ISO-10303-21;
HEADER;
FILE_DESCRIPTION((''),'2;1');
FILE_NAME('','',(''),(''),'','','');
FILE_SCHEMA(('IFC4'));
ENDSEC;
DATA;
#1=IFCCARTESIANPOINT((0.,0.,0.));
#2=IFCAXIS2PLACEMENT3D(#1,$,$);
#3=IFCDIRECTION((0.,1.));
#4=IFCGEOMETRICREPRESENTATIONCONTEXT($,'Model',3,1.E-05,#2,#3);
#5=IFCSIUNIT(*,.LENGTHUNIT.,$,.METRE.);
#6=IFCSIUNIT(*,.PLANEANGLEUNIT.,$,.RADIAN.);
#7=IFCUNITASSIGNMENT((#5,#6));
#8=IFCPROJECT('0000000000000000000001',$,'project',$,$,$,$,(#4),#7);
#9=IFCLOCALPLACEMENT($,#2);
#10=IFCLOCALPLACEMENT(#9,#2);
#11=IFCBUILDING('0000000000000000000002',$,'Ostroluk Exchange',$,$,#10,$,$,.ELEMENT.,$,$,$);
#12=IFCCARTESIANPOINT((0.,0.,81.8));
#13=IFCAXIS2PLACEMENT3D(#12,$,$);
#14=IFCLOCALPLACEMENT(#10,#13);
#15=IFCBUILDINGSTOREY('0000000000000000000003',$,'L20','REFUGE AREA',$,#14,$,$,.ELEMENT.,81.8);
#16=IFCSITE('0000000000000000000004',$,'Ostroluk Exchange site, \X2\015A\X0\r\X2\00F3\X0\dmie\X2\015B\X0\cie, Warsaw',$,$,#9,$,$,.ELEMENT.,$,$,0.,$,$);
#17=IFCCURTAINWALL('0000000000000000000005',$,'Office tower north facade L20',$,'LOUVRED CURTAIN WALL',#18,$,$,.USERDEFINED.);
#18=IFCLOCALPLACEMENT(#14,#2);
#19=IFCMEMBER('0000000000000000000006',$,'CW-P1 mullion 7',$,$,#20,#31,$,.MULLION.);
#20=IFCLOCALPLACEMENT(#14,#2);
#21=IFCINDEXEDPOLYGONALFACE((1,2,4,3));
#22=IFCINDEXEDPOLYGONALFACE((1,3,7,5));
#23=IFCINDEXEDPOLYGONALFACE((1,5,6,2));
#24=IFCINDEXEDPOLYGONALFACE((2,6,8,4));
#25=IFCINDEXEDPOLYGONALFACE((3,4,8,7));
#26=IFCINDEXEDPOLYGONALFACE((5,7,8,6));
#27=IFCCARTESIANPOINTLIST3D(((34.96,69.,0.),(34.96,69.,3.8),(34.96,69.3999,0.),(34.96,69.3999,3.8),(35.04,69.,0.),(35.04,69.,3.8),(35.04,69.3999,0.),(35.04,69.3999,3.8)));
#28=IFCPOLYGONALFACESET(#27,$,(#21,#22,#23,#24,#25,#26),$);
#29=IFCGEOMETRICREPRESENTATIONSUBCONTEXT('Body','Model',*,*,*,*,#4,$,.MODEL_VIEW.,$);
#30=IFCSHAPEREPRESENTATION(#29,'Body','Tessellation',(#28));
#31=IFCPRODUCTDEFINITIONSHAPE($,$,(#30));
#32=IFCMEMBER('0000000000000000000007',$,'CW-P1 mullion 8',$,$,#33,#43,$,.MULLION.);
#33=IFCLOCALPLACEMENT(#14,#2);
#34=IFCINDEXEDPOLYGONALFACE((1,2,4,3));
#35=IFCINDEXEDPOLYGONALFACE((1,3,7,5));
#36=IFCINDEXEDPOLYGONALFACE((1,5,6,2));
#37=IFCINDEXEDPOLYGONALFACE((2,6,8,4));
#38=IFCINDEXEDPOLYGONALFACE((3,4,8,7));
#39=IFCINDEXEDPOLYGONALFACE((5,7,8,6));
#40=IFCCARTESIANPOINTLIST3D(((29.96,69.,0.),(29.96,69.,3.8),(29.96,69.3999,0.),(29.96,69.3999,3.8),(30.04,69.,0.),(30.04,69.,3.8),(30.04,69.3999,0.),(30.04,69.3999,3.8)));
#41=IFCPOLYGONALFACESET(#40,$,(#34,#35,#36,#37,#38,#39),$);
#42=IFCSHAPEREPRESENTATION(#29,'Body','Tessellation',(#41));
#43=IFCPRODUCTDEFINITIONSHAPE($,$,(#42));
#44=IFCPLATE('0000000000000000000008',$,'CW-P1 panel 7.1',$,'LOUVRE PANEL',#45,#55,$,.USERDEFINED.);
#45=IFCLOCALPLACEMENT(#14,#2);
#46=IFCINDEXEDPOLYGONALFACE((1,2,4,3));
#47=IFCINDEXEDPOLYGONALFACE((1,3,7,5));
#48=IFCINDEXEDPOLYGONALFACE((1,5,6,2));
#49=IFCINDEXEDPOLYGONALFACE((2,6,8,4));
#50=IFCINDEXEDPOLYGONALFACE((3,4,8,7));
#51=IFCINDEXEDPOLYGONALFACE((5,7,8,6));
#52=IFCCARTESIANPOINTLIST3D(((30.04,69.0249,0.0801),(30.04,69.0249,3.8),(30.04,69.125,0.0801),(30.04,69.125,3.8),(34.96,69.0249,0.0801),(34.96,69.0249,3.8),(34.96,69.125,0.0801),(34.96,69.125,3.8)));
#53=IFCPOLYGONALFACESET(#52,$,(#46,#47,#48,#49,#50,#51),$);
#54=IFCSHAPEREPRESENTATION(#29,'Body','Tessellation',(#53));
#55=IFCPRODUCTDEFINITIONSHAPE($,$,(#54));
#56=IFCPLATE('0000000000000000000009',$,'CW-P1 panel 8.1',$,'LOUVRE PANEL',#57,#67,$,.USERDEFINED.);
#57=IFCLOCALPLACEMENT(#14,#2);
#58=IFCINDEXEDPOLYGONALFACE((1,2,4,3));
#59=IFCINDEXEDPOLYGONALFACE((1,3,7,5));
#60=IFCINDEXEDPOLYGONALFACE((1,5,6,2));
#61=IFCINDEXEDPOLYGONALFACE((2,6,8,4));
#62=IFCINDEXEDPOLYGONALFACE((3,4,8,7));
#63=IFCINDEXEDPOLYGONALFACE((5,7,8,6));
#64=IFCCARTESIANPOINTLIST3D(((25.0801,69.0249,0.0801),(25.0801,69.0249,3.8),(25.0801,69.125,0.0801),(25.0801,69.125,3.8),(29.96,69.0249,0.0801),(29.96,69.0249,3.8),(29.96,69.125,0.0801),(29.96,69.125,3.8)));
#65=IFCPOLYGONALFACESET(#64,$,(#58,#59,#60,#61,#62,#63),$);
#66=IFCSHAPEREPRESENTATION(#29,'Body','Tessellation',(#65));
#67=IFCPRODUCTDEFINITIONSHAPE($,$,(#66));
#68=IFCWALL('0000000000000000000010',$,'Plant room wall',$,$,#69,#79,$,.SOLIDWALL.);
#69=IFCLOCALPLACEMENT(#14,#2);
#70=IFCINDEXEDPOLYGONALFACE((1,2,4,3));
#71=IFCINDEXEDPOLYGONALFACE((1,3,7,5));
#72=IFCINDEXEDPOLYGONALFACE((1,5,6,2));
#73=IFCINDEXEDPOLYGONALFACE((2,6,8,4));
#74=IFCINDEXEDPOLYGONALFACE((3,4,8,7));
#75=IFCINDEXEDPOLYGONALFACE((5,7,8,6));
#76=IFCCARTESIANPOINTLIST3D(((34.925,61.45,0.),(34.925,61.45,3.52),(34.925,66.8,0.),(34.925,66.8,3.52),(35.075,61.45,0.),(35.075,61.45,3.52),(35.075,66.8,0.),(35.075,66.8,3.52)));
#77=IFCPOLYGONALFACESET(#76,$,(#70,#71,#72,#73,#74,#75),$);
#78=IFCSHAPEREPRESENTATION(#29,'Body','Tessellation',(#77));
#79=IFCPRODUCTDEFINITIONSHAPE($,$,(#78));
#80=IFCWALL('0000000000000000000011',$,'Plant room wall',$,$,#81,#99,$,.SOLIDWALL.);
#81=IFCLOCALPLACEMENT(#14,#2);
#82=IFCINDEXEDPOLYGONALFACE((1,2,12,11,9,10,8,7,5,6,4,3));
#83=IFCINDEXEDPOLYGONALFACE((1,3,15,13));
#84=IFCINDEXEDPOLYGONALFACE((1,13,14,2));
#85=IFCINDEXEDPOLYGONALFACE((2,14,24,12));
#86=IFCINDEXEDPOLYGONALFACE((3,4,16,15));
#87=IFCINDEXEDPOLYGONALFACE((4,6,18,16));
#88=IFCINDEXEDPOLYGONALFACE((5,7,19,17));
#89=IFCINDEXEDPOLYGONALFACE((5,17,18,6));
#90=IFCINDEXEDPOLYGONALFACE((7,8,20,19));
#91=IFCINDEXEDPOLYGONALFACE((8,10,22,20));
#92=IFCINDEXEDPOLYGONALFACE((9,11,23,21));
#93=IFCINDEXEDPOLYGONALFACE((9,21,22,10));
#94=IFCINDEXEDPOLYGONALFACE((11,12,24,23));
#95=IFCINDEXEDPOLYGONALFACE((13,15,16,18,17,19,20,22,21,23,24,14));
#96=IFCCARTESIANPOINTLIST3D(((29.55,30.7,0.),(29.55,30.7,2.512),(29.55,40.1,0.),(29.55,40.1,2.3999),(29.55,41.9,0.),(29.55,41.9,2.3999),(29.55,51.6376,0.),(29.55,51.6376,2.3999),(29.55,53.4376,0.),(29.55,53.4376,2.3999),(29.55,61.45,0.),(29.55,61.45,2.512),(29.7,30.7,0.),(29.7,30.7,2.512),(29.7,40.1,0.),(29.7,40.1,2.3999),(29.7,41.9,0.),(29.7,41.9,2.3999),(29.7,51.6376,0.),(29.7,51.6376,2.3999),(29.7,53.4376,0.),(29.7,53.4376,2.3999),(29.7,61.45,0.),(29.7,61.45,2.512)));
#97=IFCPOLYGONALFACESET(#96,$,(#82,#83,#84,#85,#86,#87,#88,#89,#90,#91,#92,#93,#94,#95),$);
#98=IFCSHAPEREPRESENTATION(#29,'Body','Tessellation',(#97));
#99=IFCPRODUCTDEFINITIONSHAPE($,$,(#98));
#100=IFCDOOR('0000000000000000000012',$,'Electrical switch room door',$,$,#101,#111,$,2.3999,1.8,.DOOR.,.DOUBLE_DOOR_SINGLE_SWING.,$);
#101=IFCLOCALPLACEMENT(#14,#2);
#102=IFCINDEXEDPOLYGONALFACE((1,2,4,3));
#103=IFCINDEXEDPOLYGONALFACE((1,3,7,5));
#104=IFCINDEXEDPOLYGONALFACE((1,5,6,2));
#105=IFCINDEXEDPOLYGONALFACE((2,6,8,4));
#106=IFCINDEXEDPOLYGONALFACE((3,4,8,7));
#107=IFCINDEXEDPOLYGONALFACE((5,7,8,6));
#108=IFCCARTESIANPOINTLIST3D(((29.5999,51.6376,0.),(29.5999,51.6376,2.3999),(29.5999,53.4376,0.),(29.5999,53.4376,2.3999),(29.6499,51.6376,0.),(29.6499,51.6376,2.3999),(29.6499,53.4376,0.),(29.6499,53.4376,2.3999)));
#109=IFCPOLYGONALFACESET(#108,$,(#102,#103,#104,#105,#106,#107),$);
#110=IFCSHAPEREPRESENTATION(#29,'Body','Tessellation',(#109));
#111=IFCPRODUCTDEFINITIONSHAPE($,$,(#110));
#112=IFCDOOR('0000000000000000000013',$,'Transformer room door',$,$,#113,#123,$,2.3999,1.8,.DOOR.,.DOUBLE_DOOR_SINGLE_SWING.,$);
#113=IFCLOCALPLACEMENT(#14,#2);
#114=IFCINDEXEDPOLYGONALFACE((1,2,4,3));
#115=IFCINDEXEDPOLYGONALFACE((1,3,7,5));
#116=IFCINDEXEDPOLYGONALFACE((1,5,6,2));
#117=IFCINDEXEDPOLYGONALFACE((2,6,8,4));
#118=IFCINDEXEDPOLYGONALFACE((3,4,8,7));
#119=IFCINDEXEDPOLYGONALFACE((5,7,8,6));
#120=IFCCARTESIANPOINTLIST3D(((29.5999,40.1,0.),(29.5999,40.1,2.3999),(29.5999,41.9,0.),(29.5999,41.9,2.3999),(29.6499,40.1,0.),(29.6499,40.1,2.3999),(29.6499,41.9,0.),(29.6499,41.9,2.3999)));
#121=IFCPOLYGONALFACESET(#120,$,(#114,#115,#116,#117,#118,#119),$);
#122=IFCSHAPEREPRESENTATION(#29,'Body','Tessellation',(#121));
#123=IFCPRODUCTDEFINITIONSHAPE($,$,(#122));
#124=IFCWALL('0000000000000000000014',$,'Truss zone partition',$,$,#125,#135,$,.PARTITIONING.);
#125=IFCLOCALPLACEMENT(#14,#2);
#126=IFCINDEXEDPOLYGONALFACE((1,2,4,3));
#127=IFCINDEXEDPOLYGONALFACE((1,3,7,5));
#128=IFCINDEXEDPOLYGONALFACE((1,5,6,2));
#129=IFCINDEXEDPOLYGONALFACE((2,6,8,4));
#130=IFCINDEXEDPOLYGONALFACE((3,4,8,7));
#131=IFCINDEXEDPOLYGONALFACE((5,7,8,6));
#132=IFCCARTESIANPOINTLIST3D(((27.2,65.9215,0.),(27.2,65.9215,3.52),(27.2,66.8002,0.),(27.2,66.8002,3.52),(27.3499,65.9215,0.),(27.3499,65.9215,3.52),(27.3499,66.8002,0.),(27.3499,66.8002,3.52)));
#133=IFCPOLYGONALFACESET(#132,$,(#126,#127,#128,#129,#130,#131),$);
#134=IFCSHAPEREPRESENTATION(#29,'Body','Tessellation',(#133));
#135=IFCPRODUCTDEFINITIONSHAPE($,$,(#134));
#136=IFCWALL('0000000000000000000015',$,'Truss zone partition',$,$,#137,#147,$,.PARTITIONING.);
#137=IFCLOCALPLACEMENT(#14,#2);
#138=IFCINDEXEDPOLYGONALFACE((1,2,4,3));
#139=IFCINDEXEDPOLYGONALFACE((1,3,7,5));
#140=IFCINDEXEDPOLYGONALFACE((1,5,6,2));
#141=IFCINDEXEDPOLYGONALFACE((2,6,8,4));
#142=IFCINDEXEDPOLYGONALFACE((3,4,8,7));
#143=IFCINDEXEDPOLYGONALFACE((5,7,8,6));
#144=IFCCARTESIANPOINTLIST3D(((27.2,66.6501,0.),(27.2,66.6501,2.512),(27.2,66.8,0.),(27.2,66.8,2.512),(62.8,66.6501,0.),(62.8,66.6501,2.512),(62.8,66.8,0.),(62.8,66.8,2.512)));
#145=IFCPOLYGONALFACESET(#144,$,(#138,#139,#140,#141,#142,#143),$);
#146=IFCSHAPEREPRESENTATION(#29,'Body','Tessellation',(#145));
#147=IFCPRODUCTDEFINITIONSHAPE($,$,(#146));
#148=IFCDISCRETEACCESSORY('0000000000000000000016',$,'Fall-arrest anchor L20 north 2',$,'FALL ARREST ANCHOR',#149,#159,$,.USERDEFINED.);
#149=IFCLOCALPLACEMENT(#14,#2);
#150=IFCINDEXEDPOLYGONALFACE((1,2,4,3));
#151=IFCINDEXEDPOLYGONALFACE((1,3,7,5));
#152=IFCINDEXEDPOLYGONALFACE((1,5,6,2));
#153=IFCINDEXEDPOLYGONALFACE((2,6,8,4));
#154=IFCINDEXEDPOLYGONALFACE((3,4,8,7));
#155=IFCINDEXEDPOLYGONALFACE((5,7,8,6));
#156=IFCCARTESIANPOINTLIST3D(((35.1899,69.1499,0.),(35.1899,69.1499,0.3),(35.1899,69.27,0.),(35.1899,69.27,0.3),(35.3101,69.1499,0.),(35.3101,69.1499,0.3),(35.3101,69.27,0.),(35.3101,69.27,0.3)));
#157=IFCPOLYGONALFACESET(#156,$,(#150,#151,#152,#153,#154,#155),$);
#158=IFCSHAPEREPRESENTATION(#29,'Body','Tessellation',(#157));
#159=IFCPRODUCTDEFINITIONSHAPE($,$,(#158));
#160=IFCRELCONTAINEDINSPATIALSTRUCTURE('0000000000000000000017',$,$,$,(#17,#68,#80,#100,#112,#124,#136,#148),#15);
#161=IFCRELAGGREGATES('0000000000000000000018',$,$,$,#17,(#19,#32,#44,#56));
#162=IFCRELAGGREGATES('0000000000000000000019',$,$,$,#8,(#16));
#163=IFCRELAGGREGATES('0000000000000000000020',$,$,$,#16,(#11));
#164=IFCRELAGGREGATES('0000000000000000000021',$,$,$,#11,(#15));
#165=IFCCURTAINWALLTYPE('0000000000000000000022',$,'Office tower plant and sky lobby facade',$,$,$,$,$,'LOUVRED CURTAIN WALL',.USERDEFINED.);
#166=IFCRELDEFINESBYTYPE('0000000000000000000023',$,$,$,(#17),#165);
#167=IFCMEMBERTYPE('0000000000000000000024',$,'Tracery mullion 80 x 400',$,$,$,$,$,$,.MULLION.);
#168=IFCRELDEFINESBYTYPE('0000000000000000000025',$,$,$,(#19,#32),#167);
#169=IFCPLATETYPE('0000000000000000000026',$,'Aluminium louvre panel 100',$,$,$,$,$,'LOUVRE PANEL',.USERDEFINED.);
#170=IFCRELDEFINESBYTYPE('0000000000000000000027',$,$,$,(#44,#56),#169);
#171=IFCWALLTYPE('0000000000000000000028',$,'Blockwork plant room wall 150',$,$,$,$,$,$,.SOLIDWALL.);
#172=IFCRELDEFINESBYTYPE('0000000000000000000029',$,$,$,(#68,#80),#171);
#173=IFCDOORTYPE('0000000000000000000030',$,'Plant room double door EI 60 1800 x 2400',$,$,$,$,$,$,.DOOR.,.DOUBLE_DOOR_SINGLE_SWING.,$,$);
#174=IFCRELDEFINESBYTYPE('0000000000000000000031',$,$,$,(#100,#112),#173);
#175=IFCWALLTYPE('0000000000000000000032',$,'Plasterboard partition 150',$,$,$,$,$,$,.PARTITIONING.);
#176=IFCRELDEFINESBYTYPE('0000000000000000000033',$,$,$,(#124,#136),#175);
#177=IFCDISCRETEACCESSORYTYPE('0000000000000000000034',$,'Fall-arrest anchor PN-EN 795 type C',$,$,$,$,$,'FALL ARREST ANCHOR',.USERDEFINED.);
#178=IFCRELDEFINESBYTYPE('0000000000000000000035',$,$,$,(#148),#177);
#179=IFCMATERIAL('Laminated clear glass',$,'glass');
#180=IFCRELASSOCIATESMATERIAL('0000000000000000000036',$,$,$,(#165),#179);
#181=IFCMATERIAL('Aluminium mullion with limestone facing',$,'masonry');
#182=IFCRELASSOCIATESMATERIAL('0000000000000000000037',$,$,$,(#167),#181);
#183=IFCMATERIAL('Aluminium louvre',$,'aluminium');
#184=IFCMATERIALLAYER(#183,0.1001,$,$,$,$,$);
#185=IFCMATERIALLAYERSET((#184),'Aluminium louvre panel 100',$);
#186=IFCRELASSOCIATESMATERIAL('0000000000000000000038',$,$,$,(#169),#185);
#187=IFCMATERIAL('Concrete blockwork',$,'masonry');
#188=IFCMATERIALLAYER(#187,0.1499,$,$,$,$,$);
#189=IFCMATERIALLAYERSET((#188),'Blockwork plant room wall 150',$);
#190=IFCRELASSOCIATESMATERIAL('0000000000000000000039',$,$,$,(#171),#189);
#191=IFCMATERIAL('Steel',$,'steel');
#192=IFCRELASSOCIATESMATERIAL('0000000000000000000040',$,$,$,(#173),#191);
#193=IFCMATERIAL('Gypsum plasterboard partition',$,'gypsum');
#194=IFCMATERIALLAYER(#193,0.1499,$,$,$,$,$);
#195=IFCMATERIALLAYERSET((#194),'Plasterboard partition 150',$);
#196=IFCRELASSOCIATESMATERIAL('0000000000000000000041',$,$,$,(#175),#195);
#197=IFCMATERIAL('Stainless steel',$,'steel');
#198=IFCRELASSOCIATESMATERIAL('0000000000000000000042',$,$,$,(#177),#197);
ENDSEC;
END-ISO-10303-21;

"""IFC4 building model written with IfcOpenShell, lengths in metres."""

from ifc_helpers import new_model, si_unit, direction, frame, frame_2d, origin, origin_2d, place, context, subcontext, project, spatial, rectangle, extrude, material, layer, layer_set, material_profile, profile_set, type_object, element, fill, aggregate, save


model = new_model("IFC4")

# Units and contexts
model_context = context("Model", 3, precision=1e-05, world=origin(), true_north=direction((0.0, 1.0)))
body_context = subcontext(model_context, "Body", "Model", "MODEL_VIEW")
ifc_project = project(units=[si_unit("LENGTHUNIT", "METRE"), si_unit("PLANEANGLEUNIT", "RADIAN")], contexts=[model_context])

# Site, building, storey
site_placement = place(None, origin())
site = spatial("IfcSite", under=ifc_project, at=site_placement, Name="Ostroluk Exchange site, Śródmieście, Warsaw", CompositionType="ELEMENT", RefElevation=0.0)
building_placement = place(site_placement, origin())
building = spatial("IfcBuilding", under=site, at=building_placement, Name="Ostroluk Exchange", CompositionType="ELEMENT")
storey_placement = place(building_placement, frame((0.0, 0.0, 81.8)))
storey = spatial("IfcBuildingStorey", under=building, at=storey_placement, Name="L20", Description="REFUGE AREA", CompositionType="ELEMENT", Elevation=81.8)

# Curtain wall, members, plates
ifc_material_1 = material(Name="Laminated clear glass", Category="glass")
curtain_wall_type = type_object("IfcCurtainWallType", Name="Office tower plant and sky lobby facade", ElementType="LOUVRED CURTAIN WALL", PredefinedType="USERDEFINED", material=ifc_material_1)
curtain_wall_placement = place(storey_placement, origin())
curtain_wall = element("IfcCurtainWall", 1, at=curtain_wall_placement, inside=storey, type_object=curtain_wall_type, Name="Office tower north facade L20", ObjectType="LOUVRED CURTAIN WALL", PredefinedType="USERDEFINED")
ifc_material_2 = material(Name="Aluminium mullion with limestone facing", Category="masonry")
ifc_material_profile_1 = material_profile(ifc_material_2, rectangle(XDim=0.3999, YDim=0.0801, at=origin_2d()), Name="Tracery mullion 80 x 400")
ifc_profile_set_1 = profile_set([ifc_material_profile_1], Name="Aluminium mullion with limestone facing")
member_type_1 = type_object("IfcMemberType", Name="Tracery mullion 80 x 400", PredefinedType="MULLION", material=ifc_profile_set_1)
member_1_placement = place(storey_placement, frame((35.0, 69.2, 0.0), z_axis=(0.0, 0.0, 1.0), x_axis=(0.0, -1.0, 0.0)))
member_1 = element("IfcMember", 2, at=member_1_placement, type_object=member_type_1, Name="CW-P1 mullion 7", PredefinedType="MULLION", context=body_context, shape_type="SweptSolid", body=[
    extrude(rectangle(XDim=0.3999, YDim=0.0801, at=origin_2d()), origin(), (0.0, 0.0, 1.0), 3.8),
])
member_2_placement = place(storey_placement, frame((30.0, 69.2, 0.0), z_axis=(0.0, 0.0, 1.0), x_axis=(0.0, -1.0, 0.0)))
member_2 = element("IfcMember", 3, at=member_2_placement, type_object=member_type_1, Name="CW-P1 mullion 8", PredefinedType="MULLION", context=body_context, shape_type="SweptSolid", body=[
    extrude(rectangle(XDim=0.3999, YDim=0.0801, at=origin_2d()), origin(), (0.0, 0.0, 1.0), 3.8),
])
ifc_material_3 = material(Name="Aluminium louvre", Category="aluminium")
ifc_layer_1 = layer(ifc_material_3, 0.1001)
ifc_layer_set_1 = layer_set([ifc_layer_1], Name="Aluminium louvre panel 100")
plate_type = type_object("IfcPlateType", Name="Aluminium louvre panel 100", ElementType="LOUVRE PANEL", PredefinedType="USERDEFINED", material=ifc_layer_set_1)
plate_1_placement = place(storey_placement, frame((32.5, 69.075, 0.0801), z_axis=(0.0, 0.0, 1.0), x_axis=(-1.0, 0.0, 0.0)))
plate_1 = element("IfcPlate", 4, at=plate_1_placement, type_object=plate_type, Name="CW-P1 panel 7.1", ObjectType="LOUVRE PANEL", PredefinedType="USERDEFINED", context=body_context, shape_type="SweptSolid", body=[
    extrude(rectangle(XDim=4.9199, YDim=0.1001, at=origin_2d()), origin(), (0.0, 0.0, 1.0), 3.72),
])
plate_2_placement = place(storey_placement, frame((27.52, 69.075, 0.0801), z_axis=(0.0, 0.0, 1.0), x_axis=(-1.0, 0.0, 0.0)))
plate_2 = element("IfcPlate", 5, at=plate_2_placement, type_object=plate_type, Name="CW-P1 panel 8.1", ObjectType="LOUVRE PANEL", PredefinedType="USERDEFINED", context=body_context, shape_type="SweptSolid", body=[
    extrude(rectangle(XDim=4.8799, YDim=0.1001, at=origin_2d()), origin(), (0.0, 0.0, 1.0), 3.72),
])
aggregate(curtain_wall, [member_1, member_2, plate_1, plate_2])

# Wall
ifc_material_4 = material(Name="Concrete blockwork", Category="masonry")
ifc_layer_2 = layer(ifc_material_4, 0.1499)
ifc_layer_set_2 = layer_set([ifc_layer_2], Name="Blockwork plant room wall 150")
wall_type_1 = type_object("IfcWallType", Name="Blockwork plant room wall 150", PredefinedType="SOLIDWALL", material=ifc_layer_set_2)
wall_1_placement = place(storey_placement, frame((35.0, 61.45, 0.0), z_axis=(0.0, 0.0, 1.0), x_axis=(0.0, 1.0, 0.0)))
element("IfcWall", 6, at=wall_1_placement, inside=storey, type_object=wall_type_1, Name="Plant room wall", PredefinedType="SOLIDWALL", context=body_context, shape_type="SweptSolid", body=[
    extrude(rectangle(XDim=5.3501, YDim=0.1499, at=frame_2d((2.675, 0.0))), origin(), (0.0, 0.0, 1.0), 3.52),
])

# Wall, openings, doors
wall_2_placement = place(storey_placement, frame((29.625, 61.45, 0.0), z_axis=(0.0, 0.0, 1.0), x_axis=(0.0, -1.0, 0.0)))
wall_2 = element("IfcWall", 7, at=wall_2_placement, inside=storey, type_object=wall_type_1, Name="Plant room wall", PredefinedType="SOLIDWALL", context=body_context, shape_type="SweptSolid", body=[
    extrude(rectangle(XDim=30.75, YDim=0.1499, at=frame_2d((15.375, 0.0))), origin(), (0.0, 0.0, 1.0), 2.512),
])
opening_1_placement = place(wall_2_placement, frame((8.0125, 0.0, 0.0)))
opening_1 = element("IfcOpeningElement", 8, at=opening_1_placement, cuts=wall_2, PredefinedType="OPENING", context=body_context, shape_type="SweptSolid", body=[
    extrude(rectangle(XDim=1.8, YDim=2.3999, at=frame_2d((0.8999, 1.2))), frame((0.0, 0.085, 0.0), z_axis=(0.0, -1.0, 0.0), x_axis=(1.0, 0.0, 0.0)), (0.0, 0.0, 1.0), 0.1699),
])
opening_2_placement = place(wall_2_placement, frame((19.55, 0.0, 0.0)))
opening_2 = element("IfcOpeningElement", 9, at=opening_2_placement, cuts=wall_2, PredefinedType="OPENING", context=body_context, shape_type="SweptSolid", body=[
    extrude(rectangle(XDim=1.8, YDim=2.3999, at=frame_2d((0.8999, 1.2))), frame((0.0, 0.085, 0.0), z_axis=(0.0, -1.0, 0.0), x_axis=(1.0, 0.0, 0.0)), (0.0, 0.0, 1.0), 0.1699),
])
ifc_material_5 = material(Name="Steel", Category="steel")
door_type = type_object("IfcDoorType", Name="Plant room double door EI 60 1800 x 2400", OperationType="DOUBLE_DOOR_SINGLE_SWING", PredefinedType="DOOR", material=ifc_material_5)
door_1_placement = place(opening_1_placement, origin())
door_1 = element("IfcDoor", 10, at=door_1_placement, inside=storey, type_object=door_type, Name="Electrical switch room door", OperationType="DOUBLE_DOOR_SINGLE_SWING", OverallHeight=2.3999, OverallWidth=1.8, PredefinedType="DOOR", context=body_context, shape_type="SweptSolid", body=[
    extrude(rectangle(XDim=1.8, YDim=2.3999, at=frame_2d((0.8999, 1.2))), frame((0.0, 0.0249, 0.0), z_axis=(0.0, -1.0, 0.0), x_axis=(1.0, 0.0, 0.0)), (0.0, 0.0, 1.0), 0.05),
])
fill(opening_1, door_1)
door_2_placement = place(opening_2_placement, origin())
door_2 = element("IfcDoor", 11, at=door_2_placement, inside=storey, type_object=door_type, Name="Transformer room door", OperationType="DOUBLE_DOOR_SINGLE_SWING", OverallHeight=2.3999, OverallWidth=1.8, PredefinedType="DOOR", context=body_context, shape_type="SweptSolid", body=[
    extrude(rectangle(XDim=1.8, YDim=2.3999, at=frame_2d((0.8999, 1.2))), frame((0.0, 0.0249, 0.0), z_axis=(0.0, -1.0, 0.0), x_axis=(1.0, 0.0, 0.0)), (0.0, 0.0, 1.0), 0.05),
])
fill(opening_2, door_2)

# Walls
ifc_material_6 = material(Name="Gypsum plasterboard partition", Category="gypsum")
ifc_layer_3 = layer(ifc_material_6, 0.1499)
ifc_layer_set_3 = layer_set([ifc_layer_3], Name="Plasterboard partition 150")
wall_type_2 = type_object("IfcWallType", Name="Plasterboard partition 150", PredefinedType="PARTITIONING", material=ifc_layer_set_3)
wall_3_placement = place(storey_placement, frame((27.2749, 65.9214, 0.0), z_axis=(0.0, 0.0, 1.0), x_axis=(0.0, 1.0, 0.0)))
element("IfcWall", 12, at=wall_3_placement, inside=storey, type_object=wall_type_2, Name="Truss zone partition", PredefinedType="PARTITIONING", context=body_context, shape_type="SweptSolid", body=[
    extrude(rectangle(XDim=0.8787, YDim=0.1499, at=frame_2d((0.4395, 0.0))), origin(), (0.0, 0.0, 1.0), 3.52),
])
wall_4_placement = place(storey_placement, frame((27.2, 66.7251, 0.0), z_axis=(0.0, 0.0, 1.0), x_axis=(1.0, 0.0, 0.0)))
element("IfcWall", 13, at=wall_4_placement, inside=storey, type_object=wall_type_2, Name="Truss zone partition", PredefinedType="PARTITIONING", context=body_context, shape_type="SweptSolid", body=[
    extrude(rectangle(XDim=35.6001, YDim=0.1499, at=frame_2d((17.8, 0.0))), origin(), (0.0, 0.0, 1.0), 2.512),
])

# Discrete accessory
ifc_material_7 = material(Name="Stainless steel", Category="steel")
discrete_accessory_type = type_object("IfcDiscreteAccessoryType", Name="Fall-arrest anchor PN-EN 795 type C", ElementType="FALL ARREST ANCHOR", PredefinedType="USERDEFINED", material=ifc_material_7)
discrete_accessory_placement = place(storey_placement, frame((35.25, 69.21, 0.0), z_axis=(0.0, 0.0, 1.0), x_axis=(1.0, 0.0, 0.0)))
element("IfcDiscreteAccessory", 14, at=discrete_accessory_placement, inside=storey, type_object=discrete_accessory_type, Name="Fall-arrest anchor L20 north 2", ObjectType="FALL ARREST ANCHOR", PredefinedType="USERDEFINED", context=body_context, shape_type="SweptSolid", body=[
    extrude(rectangle(XDim=0.1201, YDim=0.1201, at=origin_2d()), origin(), (0.0, 0.0, 1.0), 0.3),
])

save(model, "model.ifc")
